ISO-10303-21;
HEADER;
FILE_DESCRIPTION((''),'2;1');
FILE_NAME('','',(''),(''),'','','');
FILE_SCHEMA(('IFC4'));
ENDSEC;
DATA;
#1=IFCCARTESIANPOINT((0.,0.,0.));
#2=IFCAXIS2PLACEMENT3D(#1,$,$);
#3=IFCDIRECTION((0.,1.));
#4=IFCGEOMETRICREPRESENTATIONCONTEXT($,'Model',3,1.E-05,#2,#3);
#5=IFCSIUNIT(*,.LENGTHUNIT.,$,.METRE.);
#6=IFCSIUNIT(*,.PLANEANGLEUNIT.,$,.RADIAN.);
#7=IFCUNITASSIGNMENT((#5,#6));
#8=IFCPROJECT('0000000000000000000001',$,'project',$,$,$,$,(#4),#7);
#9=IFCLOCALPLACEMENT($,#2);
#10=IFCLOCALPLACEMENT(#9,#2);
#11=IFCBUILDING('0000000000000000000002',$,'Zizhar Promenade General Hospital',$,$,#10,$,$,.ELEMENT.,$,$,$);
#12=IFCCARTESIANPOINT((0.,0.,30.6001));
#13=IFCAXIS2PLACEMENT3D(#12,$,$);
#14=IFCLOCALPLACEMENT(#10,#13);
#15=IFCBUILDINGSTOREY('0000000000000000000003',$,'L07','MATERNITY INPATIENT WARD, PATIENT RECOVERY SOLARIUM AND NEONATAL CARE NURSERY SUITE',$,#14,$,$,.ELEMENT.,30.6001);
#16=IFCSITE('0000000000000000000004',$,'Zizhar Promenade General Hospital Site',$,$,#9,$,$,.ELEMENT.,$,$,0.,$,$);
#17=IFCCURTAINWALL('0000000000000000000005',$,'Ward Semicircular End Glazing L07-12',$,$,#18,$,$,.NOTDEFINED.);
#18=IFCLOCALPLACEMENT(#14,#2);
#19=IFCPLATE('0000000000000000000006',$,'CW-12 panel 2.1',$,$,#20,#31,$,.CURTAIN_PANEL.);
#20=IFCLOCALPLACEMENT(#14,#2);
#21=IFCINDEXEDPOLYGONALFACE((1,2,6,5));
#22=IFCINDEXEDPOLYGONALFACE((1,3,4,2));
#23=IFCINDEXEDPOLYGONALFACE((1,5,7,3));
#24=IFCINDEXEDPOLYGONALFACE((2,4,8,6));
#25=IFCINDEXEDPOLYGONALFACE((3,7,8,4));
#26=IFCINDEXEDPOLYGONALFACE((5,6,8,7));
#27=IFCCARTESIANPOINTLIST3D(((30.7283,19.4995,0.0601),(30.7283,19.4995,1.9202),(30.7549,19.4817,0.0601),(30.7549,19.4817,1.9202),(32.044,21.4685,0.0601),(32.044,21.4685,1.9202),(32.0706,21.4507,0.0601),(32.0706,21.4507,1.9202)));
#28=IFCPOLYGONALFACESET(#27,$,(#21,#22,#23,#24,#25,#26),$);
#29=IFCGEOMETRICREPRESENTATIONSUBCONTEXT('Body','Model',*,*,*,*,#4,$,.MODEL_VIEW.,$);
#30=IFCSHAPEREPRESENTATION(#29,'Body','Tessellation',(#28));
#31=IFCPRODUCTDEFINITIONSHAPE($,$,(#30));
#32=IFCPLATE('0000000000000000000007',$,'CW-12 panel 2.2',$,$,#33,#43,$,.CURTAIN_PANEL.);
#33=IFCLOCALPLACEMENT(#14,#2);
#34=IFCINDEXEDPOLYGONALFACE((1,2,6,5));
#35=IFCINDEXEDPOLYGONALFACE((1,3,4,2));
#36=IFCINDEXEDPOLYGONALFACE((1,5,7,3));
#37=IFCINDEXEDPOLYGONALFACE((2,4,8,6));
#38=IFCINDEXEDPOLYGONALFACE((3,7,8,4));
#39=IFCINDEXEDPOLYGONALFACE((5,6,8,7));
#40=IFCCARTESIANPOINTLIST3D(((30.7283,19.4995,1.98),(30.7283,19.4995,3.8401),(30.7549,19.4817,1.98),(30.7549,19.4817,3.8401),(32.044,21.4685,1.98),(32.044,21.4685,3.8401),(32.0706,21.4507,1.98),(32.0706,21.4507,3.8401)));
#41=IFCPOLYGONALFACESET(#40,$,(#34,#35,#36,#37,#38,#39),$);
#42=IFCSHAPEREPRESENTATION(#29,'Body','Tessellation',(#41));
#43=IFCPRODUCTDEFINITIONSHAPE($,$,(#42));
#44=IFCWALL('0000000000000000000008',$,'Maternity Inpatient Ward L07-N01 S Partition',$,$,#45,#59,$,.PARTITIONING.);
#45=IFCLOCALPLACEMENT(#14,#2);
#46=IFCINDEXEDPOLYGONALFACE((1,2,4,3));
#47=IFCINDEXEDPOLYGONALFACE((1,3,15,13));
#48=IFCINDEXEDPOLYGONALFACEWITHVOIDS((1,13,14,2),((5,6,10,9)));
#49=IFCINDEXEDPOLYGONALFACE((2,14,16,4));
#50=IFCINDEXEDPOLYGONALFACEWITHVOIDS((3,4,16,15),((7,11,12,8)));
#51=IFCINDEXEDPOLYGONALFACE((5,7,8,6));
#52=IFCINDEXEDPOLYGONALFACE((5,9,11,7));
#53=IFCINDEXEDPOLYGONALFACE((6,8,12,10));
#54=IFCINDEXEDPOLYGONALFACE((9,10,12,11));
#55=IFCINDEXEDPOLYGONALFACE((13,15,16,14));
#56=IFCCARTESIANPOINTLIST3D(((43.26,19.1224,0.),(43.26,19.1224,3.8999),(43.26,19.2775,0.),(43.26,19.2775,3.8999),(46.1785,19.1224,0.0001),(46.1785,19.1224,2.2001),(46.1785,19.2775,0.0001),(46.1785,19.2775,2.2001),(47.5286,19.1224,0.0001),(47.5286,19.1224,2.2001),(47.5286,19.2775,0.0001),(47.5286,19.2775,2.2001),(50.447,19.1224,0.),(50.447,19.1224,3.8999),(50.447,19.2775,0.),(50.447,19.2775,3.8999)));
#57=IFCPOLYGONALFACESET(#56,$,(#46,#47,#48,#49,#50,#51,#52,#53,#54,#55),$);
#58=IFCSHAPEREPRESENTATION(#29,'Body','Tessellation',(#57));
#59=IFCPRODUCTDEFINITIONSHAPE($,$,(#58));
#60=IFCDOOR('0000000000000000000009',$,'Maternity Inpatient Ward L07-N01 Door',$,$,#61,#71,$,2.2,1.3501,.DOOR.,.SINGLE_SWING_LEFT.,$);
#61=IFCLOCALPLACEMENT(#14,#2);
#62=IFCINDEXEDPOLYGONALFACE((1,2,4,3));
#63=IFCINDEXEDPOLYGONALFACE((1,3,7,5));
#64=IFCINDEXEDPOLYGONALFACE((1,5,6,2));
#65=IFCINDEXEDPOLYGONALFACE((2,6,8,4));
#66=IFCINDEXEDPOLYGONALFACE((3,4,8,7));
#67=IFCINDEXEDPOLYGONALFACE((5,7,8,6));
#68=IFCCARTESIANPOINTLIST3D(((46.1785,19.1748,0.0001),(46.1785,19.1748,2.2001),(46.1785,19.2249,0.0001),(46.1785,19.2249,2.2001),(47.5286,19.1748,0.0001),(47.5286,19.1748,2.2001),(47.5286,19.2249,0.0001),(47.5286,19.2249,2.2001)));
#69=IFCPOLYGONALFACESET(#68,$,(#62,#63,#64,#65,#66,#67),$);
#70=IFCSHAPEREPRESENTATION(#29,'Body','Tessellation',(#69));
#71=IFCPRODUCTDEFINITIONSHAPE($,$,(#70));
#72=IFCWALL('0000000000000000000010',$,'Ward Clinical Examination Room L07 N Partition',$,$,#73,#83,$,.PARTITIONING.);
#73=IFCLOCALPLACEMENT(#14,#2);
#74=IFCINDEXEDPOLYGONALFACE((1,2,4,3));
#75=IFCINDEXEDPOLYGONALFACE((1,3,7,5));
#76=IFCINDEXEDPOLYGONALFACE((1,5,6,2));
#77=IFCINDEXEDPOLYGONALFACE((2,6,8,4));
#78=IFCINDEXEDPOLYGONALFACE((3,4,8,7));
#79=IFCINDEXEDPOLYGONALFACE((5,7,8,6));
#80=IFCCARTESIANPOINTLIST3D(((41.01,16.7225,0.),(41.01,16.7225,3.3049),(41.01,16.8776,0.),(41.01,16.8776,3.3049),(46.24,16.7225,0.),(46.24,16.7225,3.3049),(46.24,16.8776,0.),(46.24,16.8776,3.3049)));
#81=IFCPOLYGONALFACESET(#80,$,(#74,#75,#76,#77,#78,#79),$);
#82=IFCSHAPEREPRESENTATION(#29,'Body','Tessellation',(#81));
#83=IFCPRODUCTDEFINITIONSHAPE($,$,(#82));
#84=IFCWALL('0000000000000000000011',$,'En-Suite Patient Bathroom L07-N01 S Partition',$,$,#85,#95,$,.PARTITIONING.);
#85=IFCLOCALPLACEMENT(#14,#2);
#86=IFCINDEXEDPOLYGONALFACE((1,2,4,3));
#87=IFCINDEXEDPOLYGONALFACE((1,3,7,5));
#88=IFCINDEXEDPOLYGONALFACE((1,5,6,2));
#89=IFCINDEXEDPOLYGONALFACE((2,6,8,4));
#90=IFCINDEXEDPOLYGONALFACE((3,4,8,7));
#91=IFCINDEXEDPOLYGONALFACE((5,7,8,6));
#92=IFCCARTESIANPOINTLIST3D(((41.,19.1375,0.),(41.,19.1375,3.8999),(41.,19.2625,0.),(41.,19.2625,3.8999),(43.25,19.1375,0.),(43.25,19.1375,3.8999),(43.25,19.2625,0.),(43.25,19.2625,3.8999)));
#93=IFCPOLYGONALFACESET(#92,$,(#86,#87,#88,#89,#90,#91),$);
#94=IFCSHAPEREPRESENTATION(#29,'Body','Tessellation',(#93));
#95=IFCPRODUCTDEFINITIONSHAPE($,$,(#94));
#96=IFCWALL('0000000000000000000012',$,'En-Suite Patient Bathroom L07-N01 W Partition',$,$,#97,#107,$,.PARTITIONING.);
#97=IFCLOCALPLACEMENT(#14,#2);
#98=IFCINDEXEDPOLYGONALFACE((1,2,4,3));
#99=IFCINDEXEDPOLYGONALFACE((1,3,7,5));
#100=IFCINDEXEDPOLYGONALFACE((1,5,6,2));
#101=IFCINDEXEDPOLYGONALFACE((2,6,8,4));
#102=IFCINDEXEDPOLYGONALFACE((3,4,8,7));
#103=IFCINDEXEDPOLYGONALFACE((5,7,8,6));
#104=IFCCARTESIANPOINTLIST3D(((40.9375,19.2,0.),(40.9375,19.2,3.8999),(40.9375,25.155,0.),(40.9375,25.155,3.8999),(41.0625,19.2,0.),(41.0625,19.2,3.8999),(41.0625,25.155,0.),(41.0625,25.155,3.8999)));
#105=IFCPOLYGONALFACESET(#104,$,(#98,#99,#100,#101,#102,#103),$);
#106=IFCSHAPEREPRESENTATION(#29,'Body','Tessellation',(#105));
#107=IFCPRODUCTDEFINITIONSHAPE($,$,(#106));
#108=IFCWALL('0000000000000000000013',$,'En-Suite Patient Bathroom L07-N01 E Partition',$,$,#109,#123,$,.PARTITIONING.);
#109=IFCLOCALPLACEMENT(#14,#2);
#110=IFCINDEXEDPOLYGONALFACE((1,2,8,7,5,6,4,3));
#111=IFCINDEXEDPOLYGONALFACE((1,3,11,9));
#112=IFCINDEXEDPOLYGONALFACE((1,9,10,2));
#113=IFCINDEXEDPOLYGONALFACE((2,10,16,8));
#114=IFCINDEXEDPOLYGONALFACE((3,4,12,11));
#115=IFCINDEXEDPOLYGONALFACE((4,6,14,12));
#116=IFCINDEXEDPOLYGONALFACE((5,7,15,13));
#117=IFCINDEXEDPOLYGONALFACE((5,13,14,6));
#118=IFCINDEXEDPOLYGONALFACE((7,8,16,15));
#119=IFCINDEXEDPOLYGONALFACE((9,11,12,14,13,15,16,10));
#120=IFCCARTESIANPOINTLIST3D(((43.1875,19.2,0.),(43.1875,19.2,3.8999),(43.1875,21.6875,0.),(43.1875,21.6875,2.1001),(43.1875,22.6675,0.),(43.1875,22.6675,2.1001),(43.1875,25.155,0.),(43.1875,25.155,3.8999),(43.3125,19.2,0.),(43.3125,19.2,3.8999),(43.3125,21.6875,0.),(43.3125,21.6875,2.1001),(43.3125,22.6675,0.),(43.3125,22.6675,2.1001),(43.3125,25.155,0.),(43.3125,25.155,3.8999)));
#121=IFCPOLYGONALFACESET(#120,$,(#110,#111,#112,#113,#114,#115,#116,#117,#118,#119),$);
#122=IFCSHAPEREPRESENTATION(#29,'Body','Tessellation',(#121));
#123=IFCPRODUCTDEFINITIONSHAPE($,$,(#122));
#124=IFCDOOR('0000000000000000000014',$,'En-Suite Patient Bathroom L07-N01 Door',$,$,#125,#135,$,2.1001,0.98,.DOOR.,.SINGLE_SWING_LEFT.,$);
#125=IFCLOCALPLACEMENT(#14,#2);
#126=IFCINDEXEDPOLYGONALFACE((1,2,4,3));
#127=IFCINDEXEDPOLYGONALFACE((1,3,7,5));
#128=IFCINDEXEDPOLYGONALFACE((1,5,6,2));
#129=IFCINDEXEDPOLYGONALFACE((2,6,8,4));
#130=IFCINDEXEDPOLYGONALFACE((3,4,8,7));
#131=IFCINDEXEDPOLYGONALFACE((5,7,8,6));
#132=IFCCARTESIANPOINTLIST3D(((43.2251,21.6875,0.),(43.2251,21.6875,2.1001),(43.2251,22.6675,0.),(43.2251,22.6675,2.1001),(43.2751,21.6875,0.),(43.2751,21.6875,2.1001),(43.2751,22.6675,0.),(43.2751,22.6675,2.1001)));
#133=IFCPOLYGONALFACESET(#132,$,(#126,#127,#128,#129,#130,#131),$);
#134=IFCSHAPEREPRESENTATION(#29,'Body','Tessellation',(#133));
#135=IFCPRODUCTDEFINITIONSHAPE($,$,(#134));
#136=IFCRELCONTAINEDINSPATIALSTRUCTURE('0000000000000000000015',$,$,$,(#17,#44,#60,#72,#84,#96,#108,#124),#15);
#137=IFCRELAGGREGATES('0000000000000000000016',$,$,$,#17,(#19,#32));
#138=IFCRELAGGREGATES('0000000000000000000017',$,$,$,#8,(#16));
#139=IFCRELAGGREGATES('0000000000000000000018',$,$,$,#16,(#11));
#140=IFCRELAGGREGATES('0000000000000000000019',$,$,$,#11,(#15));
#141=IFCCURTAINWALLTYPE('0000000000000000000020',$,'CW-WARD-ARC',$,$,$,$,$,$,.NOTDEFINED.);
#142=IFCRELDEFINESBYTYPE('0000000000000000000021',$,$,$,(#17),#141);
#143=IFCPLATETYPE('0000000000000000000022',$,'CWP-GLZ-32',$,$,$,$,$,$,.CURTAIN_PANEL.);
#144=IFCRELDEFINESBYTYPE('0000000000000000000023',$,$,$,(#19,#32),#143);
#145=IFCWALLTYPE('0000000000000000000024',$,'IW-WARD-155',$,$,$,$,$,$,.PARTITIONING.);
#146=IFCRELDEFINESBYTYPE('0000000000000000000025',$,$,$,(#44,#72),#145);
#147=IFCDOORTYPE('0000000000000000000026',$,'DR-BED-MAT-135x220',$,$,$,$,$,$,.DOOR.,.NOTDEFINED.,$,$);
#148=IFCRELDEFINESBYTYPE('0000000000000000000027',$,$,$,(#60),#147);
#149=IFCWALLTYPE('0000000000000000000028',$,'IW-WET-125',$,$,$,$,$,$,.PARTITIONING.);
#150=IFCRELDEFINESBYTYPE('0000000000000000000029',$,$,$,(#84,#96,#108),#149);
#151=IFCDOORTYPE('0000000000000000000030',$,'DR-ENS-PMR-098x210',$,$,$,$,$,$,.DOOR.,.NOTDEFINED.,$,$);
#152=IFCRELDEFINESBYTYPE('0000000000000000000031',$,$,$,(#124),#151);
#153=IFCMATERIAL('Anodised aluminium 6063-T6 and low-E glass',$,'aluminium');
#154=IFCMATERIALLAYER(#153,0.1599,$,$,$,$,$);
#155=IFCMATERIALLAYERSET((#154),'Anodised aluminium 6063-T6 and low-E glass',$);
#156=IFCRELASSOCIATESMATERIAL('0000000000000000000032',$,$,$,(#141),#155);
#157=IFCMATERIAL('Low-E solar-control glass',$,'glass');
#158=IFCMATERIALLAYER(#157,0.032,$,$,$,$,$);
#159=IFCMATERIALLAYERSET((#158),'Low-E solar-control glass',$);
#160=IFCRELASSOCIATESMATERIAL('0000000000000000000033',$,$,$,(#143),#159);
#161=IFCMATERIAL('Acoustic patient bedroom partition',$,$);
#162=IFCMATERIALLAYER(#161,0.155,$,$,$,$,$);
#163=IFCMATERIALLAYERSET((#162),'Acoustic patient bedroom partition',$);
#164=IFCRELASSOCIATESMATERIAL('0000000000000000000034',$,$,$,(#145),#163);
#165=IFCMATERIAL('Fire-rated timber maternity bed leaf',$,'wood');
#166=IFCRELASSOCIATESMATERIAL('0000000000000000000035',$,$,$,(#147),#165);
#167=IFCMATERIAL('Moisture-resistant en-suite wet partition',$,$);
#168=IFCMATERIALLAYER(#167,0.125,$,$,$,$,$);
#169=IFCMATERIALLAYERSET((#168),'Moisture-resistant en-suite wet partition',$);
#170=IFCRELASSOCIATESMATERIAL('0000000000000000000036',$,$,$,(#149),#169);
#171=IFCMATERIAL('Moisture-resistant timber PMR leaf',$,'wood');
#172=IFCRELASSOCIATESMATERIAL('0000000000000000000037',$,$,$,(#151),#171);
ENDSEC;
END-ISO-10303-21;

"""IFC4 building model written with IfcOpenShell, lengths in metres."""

from ifc_helpers import new_model, si_unit, direction, frame, frame_2d, origin, origin_2d, place, context, subcontext, project, spatial, rectangle, extrude, material, layer, layer_set, type_object, element, fill, aggregate, save


model = new_model("IFC4")

# Units and contexts
model_context = context("Model", 3, precision=1e-05, world=origin(), true_north=direction((0.0, 1.0)))
body_context = subcontext(model_context, "Body", "Model", "MODEL_VIEW")
ifc_project = project(units=[si_unit("LENGTHUNIT", "METRE"), si_unit("PLANEANGLEUNIT", "RADIAN")], contexts=[model_context])

# Site, building, storey
site_placement = place(None, origin())
site = spatial("IfcSite", under=ifc_project, at=site_placement, Name="Zizhar Promenade General Hospital Site", CompositionType="ELEMENT", RefElevation=0.0)
building_placement = place(site_placement, origin())
building = spatial("IfcBuilding", under=site, at=building_placement, Name="Zizhar Promenade General Hospital", CompositionType="ELEMENT")
storey_placement = place(building_placement, frame((0.0, 0.0, 30.6001)))
storey = spatial("IfcBuildingStorey", under=building, at=storey_placement, Name="L07", Description="MATERNITY INPATIENT WARD, PATIENT RECOVERY SOLARIUM AND NEONATAL CARE NURSERY SUITE", CompositionType="ELEMENT", Elevation=30.6001)

# Shared definitions
ifc_material_1 = material(Name="Anodised aluminium 6063-T6 and low-E glass", Category="aluminium")
ifc_layer_1 = layer(ifc_material_1, 0.1599)
ifc_layer_set_1 = layer_set([ifc_layer_1], Name="Anodised aluminium 6063-T6 and low-E glass")
curtain_wall_type = type_object("IfcCurtainWallType", Name="CW-WARD-ARC", PredefinedType="NOTDEFINED", material=ifc_layer_set_1)

# Curtain wall
curtain_wall_1_placement = place(storey_placement, origin())
curtain_wall_1 = element("IfcCurtainWall", 1, at=curtain_wall_1_placement, inside=storey, type_object=curtain_wall_type, Name="Ward Semicircular End Glazing L07-12", PredefinedType="NOTDEFINED")

# Plates
ifc_material_2 = material(Name="Low-E solar-control glass", Category="glass")
ifc_layer_2 = layer(ifc_material_2, 0.032)
ifc_layer_set_2 = layer_set([ifc_layer_2], Name="Low-E solar-control glass")
plate_type = type_object("IfcPlateType", Name="CWP-GLZ-32", PredefinedType="CURTAIN_PANEL", material=ifc_layer_set_2)
plate_1_placement = place(storey_placement, frame((31.3994, 20.4751, 0.0601), z_axis=(0.0, 0.0, 1.0), x_axis=(0.555582, 0.831462, 0.0)))
plate_1 = element("IfcPlate", 2, at=plate_1_placement, type_object=plate_type, Name="CW-12 panel 2.1", PredefinedType="CURTAIN_PANEL", context=body_context, shape_type="SweptSolid", body=[
    extrude(rectangle(XDim=2.3682, YDim=0.032, at=origin_2d()), origin(), (0.0, 0.0, 1.0), 1.8601),
])
plate_2_placement = place(storey_placement, frame((31.3994, 20.4751, 1.98), z_axis=(0.0, 0.0, 1.0), x_axis=(0.555582, 0.831462, 0.0)))
plate_2 = element("IfcPlate", 3, at=plate_2_placement, type_object=plate_type, Name="CW-12 panel 2.2", PredefinedType="CURTAIN_PANEL", context=body_context, shape_type="SweptSolid", body=[
    extrude(rectangle(XDim=2.3682, YDim=0.032, at=origin_2d()), origin(), (0.0, 0.0, 1.0), 1.8601),
])
aggregate(curtain_wall_1, [plate_1, plate_2])

# Wall, opening, door
ifc_material_3 = material(Name="Acoustic patient bedroom partition")
ifc_layer_3 = layer(ifc_material_3, 0.155)
ifc_layer_set_3 = layer_set([ifc_layer_3], Name="Acoustic patient bedroom partition")
wall_type_1 = type_object("IfcWallType", Name="IW-WARD-155", PredefinedType="PARTITIONING", material=ifc_layer_set_3)
wall_1_placement = place(storey_placement, frame((43.26, 19.2, 0.0), z_axis=(0.0, 0.0, 1.0), x_axis=(1.0, 0.0, 0.0)))
wall_1 = element("IfcWall", 4, at=wall_1_placement, inside=storey, type_object=wall_type_1, Name="Maternity Inpatient Ward L07-N01 S Partition", PredefinedType="PARTITIONING", context=body_context, shape_type="SweptSolid", body=[
    extrude(rectangle(XDim=7.187, YDim=0.155, at=frame_2d((3.5935, 0.0))), origin(), (0.0, 0.0, 1.0), 3.8999),
])
opening_1_placement = place(wall_1_placement, frame((2.9185, 0.0, 0.0)))
opening_1 = element("IfcOpeningElement", 5, at=opening_1_placement, cuts=wall_1, PredefinedType="OPENING", context=body_context, shape_type="SweptSolid", body=[
    extrude(rectangle(XDim=1.3501, YDim=2.2, at=frame_2d((0.675, 1.1001))), frame((0.0, 0.0874, 0.0), z_axis=(0.0, -1.0, 0.0), x_axis=(1.0, 0.0, 0.0)), (0.0, 0.0, 1.0), 0.175),
])
ifc_material_4 = material(Name="Fire-rated timber maternity bed leaf", Category="wood")
door_type_1 = type_object("IfcDoorType", Name="DR-BED-MAT-135x220", OperationType="NOTDEFINED", PredefinedType="DOOR", material=ifc_material_4)
door_1_placement = place(opening_1_placement, origin())
door_1 = element("IfcDoor", 6, at=door_1_placement, inside=storey, type_object=door_type_1, Name="Maternity Inpatient Ward L07-N01 Door", OperationType="SINGLE_SWING_LEFT", OverallHeight=2.2, OverallWidth=1.3501, PredefinedType="DOOR", context=body_context, shape_type="SweptSolid", body=[
    extrude(rectangle(XDim=1.3501, YDim=2.2, at=frame_2d((0.675, 1.1001))), frame((0.0, 0.0249, 0.0), z_axis=(0.0, -1.0, 0.0), x_axis=(1.0, 0.0, 0.0)), (0.0, 0.0, 1.0), 0.05),
])
fill(opening_1, door_1)

# Walls
wall_2_placement = place(storey_placement, frame((41.01, 16.8, 0.0), z_axis=(0.0, 0.0, 1.0), x_axis=(1.0, 0.0, 0.0)))
element("IfcWall", 7, at=wall_2_placement, inside=storey, type_object=wall_type_1, Name="Ward Clinical Examination Room L07 N Partition", PredefinedType="PARTITIONING", context=body_context, shape_type="SweptSolid", body=[
    extrude(rectangle(XDim=5.23, YDim=0.155, at=frame_2d((2.615, 0.0))), origin(), (0.0, 0.0, 1.0), 3.3049),
])
ifc_material_5 = material(Name="Moisture-resistant en-suite wet partition")
ifc_layer_4 = layer(ifc_material_5, 0.125)
ifc_layer_set_4 = layer_set([ifc_layer_4], Name="Moisture-resistant en-suite wet partition")
wall_type_2 = type_object("IfcWallType", Name="IW-WET-125", PredefinedType="PARTITIONING", material=ifc_layer_set_4)
wall_3_placement = place(storey_placement, frame((41.0, 19.2, 0.0), z_axis=(0.0, 0.0, 1.0), x_axis=(1.0, 0.0, 0.0)))
element("IfcWall", 8, at=wall_3_placement, inside=storey, type_object=wall_type_2, Name="En-Suite Patient Bathroom L07-N01 S Partition", PredefinedType="PARTITIONING", context=body_context, shape_type="SweptSolid", body=[
    extrude(rectangle(XDim=2.25, YDim=0.125, at=frame_2d((1.125, 0.0))), origin(), (0.0, 0.0, 1.0), 3.8999),
])
wall_4_placement = place(storey_placement, frame((41.0, 19.2, 0.0), z_axis=(0.0, 0.0, 1.0), x_axis=(0.0, 1.0, 0.0)))
element("IfcWall", 9, at=wall_4_placement, inside=storey, type_object=wall_type_2, Name="En-Suite Patient Bathroom L07-N01 W Partition", PredefinedType="PARTITIONING", context=body_context, shape_type="SweptSolid", body=[
    extrude(rectangle(XDim=5.9551, YDim=0.125, at=frame_2d((2.9775, 0.0))), origin(), (0.0, 0.0, 1.0), 3.8999),
])

# Wall, opening, door
wall_5_placement = place(storey_placement, frame((43.25, 19.2, 0.0), z_axis=(0.0, 0.0, 1.0), x_axis=(0.0, 1.0, 0.0)))
wall_5 = element("IfcWall", 10, at=wall_5_placement, inside=storey, type_object=wall_type_2, Name="En-Suite Patient Bathroom L07-N01 E Partition", PredefinedType="PARTITIONING", context=body_context, shape_type="SweptSolid", body=[
    extrude(rectangle(XDim=5.9551, YDim=0.125, at=frame_2d((2.9775, 0.0))), origin(), (0.0, 0.0, 1.0), 3.8999),
])
opening_2_placement = place(wall_5_placement, frame((2.4875, 0.0, 0.0)))
opening_2 = element("IfcOpeningElement", 11, at=opening_2_placement, cuts=wall_5, PredefinedType="OPENING", context=body_context, shape_type="SweptSolid", body=[
    extrude(rectangle(XDim=0.98, YDim=2.1001, at=frame_2d((0.49, 1.05))), frame((0.0, 0.0725, 0.0), z_axis=(0.0, -1.0, 0.0), x_axis=(1.0, 0.0, 0.0)), (0.0, 0.0, 1.0), 0.145),
])
ifc_material_6 = material(Name="Moisture-resistant timber PMR leaf", Category="wood")
door_type_2 = type_object("IfcDoorType", Name="DR-ENS-PMR-098x210", OperationType="NOTDEFINED", PredefinedType="DOOR", material=ifc_material_6)
door_2_placement = place(opening_2_placement, origin())
door_2 = element("IfcDoor", 12, at=door_2_placement, inside=storey, type_object=door_type_2, Name="En-Suite Patient Bathroom L07-N01 Door", OperationType="SINGLE_SWING_LEFT", OverallHeight=2.1001, OverallWidth=0.98, PredefinedType="DOOR", context=body_context, shape_type="SweptSolid", body=[
    extrude(rectangle(XDim=0.98, YDim=2.1001, at=frame_2d((0.49, 1.05))), frame((0.0, 0.0249, 0.0), z_axis=(0.0, -1.0, 0.0), x_axis=(1.0, 0.0, 0.0)), (0.0, 0.0, 1.0), 0.05),
])
fill(opening_2, door_2)

save(model, "model.ifc")
